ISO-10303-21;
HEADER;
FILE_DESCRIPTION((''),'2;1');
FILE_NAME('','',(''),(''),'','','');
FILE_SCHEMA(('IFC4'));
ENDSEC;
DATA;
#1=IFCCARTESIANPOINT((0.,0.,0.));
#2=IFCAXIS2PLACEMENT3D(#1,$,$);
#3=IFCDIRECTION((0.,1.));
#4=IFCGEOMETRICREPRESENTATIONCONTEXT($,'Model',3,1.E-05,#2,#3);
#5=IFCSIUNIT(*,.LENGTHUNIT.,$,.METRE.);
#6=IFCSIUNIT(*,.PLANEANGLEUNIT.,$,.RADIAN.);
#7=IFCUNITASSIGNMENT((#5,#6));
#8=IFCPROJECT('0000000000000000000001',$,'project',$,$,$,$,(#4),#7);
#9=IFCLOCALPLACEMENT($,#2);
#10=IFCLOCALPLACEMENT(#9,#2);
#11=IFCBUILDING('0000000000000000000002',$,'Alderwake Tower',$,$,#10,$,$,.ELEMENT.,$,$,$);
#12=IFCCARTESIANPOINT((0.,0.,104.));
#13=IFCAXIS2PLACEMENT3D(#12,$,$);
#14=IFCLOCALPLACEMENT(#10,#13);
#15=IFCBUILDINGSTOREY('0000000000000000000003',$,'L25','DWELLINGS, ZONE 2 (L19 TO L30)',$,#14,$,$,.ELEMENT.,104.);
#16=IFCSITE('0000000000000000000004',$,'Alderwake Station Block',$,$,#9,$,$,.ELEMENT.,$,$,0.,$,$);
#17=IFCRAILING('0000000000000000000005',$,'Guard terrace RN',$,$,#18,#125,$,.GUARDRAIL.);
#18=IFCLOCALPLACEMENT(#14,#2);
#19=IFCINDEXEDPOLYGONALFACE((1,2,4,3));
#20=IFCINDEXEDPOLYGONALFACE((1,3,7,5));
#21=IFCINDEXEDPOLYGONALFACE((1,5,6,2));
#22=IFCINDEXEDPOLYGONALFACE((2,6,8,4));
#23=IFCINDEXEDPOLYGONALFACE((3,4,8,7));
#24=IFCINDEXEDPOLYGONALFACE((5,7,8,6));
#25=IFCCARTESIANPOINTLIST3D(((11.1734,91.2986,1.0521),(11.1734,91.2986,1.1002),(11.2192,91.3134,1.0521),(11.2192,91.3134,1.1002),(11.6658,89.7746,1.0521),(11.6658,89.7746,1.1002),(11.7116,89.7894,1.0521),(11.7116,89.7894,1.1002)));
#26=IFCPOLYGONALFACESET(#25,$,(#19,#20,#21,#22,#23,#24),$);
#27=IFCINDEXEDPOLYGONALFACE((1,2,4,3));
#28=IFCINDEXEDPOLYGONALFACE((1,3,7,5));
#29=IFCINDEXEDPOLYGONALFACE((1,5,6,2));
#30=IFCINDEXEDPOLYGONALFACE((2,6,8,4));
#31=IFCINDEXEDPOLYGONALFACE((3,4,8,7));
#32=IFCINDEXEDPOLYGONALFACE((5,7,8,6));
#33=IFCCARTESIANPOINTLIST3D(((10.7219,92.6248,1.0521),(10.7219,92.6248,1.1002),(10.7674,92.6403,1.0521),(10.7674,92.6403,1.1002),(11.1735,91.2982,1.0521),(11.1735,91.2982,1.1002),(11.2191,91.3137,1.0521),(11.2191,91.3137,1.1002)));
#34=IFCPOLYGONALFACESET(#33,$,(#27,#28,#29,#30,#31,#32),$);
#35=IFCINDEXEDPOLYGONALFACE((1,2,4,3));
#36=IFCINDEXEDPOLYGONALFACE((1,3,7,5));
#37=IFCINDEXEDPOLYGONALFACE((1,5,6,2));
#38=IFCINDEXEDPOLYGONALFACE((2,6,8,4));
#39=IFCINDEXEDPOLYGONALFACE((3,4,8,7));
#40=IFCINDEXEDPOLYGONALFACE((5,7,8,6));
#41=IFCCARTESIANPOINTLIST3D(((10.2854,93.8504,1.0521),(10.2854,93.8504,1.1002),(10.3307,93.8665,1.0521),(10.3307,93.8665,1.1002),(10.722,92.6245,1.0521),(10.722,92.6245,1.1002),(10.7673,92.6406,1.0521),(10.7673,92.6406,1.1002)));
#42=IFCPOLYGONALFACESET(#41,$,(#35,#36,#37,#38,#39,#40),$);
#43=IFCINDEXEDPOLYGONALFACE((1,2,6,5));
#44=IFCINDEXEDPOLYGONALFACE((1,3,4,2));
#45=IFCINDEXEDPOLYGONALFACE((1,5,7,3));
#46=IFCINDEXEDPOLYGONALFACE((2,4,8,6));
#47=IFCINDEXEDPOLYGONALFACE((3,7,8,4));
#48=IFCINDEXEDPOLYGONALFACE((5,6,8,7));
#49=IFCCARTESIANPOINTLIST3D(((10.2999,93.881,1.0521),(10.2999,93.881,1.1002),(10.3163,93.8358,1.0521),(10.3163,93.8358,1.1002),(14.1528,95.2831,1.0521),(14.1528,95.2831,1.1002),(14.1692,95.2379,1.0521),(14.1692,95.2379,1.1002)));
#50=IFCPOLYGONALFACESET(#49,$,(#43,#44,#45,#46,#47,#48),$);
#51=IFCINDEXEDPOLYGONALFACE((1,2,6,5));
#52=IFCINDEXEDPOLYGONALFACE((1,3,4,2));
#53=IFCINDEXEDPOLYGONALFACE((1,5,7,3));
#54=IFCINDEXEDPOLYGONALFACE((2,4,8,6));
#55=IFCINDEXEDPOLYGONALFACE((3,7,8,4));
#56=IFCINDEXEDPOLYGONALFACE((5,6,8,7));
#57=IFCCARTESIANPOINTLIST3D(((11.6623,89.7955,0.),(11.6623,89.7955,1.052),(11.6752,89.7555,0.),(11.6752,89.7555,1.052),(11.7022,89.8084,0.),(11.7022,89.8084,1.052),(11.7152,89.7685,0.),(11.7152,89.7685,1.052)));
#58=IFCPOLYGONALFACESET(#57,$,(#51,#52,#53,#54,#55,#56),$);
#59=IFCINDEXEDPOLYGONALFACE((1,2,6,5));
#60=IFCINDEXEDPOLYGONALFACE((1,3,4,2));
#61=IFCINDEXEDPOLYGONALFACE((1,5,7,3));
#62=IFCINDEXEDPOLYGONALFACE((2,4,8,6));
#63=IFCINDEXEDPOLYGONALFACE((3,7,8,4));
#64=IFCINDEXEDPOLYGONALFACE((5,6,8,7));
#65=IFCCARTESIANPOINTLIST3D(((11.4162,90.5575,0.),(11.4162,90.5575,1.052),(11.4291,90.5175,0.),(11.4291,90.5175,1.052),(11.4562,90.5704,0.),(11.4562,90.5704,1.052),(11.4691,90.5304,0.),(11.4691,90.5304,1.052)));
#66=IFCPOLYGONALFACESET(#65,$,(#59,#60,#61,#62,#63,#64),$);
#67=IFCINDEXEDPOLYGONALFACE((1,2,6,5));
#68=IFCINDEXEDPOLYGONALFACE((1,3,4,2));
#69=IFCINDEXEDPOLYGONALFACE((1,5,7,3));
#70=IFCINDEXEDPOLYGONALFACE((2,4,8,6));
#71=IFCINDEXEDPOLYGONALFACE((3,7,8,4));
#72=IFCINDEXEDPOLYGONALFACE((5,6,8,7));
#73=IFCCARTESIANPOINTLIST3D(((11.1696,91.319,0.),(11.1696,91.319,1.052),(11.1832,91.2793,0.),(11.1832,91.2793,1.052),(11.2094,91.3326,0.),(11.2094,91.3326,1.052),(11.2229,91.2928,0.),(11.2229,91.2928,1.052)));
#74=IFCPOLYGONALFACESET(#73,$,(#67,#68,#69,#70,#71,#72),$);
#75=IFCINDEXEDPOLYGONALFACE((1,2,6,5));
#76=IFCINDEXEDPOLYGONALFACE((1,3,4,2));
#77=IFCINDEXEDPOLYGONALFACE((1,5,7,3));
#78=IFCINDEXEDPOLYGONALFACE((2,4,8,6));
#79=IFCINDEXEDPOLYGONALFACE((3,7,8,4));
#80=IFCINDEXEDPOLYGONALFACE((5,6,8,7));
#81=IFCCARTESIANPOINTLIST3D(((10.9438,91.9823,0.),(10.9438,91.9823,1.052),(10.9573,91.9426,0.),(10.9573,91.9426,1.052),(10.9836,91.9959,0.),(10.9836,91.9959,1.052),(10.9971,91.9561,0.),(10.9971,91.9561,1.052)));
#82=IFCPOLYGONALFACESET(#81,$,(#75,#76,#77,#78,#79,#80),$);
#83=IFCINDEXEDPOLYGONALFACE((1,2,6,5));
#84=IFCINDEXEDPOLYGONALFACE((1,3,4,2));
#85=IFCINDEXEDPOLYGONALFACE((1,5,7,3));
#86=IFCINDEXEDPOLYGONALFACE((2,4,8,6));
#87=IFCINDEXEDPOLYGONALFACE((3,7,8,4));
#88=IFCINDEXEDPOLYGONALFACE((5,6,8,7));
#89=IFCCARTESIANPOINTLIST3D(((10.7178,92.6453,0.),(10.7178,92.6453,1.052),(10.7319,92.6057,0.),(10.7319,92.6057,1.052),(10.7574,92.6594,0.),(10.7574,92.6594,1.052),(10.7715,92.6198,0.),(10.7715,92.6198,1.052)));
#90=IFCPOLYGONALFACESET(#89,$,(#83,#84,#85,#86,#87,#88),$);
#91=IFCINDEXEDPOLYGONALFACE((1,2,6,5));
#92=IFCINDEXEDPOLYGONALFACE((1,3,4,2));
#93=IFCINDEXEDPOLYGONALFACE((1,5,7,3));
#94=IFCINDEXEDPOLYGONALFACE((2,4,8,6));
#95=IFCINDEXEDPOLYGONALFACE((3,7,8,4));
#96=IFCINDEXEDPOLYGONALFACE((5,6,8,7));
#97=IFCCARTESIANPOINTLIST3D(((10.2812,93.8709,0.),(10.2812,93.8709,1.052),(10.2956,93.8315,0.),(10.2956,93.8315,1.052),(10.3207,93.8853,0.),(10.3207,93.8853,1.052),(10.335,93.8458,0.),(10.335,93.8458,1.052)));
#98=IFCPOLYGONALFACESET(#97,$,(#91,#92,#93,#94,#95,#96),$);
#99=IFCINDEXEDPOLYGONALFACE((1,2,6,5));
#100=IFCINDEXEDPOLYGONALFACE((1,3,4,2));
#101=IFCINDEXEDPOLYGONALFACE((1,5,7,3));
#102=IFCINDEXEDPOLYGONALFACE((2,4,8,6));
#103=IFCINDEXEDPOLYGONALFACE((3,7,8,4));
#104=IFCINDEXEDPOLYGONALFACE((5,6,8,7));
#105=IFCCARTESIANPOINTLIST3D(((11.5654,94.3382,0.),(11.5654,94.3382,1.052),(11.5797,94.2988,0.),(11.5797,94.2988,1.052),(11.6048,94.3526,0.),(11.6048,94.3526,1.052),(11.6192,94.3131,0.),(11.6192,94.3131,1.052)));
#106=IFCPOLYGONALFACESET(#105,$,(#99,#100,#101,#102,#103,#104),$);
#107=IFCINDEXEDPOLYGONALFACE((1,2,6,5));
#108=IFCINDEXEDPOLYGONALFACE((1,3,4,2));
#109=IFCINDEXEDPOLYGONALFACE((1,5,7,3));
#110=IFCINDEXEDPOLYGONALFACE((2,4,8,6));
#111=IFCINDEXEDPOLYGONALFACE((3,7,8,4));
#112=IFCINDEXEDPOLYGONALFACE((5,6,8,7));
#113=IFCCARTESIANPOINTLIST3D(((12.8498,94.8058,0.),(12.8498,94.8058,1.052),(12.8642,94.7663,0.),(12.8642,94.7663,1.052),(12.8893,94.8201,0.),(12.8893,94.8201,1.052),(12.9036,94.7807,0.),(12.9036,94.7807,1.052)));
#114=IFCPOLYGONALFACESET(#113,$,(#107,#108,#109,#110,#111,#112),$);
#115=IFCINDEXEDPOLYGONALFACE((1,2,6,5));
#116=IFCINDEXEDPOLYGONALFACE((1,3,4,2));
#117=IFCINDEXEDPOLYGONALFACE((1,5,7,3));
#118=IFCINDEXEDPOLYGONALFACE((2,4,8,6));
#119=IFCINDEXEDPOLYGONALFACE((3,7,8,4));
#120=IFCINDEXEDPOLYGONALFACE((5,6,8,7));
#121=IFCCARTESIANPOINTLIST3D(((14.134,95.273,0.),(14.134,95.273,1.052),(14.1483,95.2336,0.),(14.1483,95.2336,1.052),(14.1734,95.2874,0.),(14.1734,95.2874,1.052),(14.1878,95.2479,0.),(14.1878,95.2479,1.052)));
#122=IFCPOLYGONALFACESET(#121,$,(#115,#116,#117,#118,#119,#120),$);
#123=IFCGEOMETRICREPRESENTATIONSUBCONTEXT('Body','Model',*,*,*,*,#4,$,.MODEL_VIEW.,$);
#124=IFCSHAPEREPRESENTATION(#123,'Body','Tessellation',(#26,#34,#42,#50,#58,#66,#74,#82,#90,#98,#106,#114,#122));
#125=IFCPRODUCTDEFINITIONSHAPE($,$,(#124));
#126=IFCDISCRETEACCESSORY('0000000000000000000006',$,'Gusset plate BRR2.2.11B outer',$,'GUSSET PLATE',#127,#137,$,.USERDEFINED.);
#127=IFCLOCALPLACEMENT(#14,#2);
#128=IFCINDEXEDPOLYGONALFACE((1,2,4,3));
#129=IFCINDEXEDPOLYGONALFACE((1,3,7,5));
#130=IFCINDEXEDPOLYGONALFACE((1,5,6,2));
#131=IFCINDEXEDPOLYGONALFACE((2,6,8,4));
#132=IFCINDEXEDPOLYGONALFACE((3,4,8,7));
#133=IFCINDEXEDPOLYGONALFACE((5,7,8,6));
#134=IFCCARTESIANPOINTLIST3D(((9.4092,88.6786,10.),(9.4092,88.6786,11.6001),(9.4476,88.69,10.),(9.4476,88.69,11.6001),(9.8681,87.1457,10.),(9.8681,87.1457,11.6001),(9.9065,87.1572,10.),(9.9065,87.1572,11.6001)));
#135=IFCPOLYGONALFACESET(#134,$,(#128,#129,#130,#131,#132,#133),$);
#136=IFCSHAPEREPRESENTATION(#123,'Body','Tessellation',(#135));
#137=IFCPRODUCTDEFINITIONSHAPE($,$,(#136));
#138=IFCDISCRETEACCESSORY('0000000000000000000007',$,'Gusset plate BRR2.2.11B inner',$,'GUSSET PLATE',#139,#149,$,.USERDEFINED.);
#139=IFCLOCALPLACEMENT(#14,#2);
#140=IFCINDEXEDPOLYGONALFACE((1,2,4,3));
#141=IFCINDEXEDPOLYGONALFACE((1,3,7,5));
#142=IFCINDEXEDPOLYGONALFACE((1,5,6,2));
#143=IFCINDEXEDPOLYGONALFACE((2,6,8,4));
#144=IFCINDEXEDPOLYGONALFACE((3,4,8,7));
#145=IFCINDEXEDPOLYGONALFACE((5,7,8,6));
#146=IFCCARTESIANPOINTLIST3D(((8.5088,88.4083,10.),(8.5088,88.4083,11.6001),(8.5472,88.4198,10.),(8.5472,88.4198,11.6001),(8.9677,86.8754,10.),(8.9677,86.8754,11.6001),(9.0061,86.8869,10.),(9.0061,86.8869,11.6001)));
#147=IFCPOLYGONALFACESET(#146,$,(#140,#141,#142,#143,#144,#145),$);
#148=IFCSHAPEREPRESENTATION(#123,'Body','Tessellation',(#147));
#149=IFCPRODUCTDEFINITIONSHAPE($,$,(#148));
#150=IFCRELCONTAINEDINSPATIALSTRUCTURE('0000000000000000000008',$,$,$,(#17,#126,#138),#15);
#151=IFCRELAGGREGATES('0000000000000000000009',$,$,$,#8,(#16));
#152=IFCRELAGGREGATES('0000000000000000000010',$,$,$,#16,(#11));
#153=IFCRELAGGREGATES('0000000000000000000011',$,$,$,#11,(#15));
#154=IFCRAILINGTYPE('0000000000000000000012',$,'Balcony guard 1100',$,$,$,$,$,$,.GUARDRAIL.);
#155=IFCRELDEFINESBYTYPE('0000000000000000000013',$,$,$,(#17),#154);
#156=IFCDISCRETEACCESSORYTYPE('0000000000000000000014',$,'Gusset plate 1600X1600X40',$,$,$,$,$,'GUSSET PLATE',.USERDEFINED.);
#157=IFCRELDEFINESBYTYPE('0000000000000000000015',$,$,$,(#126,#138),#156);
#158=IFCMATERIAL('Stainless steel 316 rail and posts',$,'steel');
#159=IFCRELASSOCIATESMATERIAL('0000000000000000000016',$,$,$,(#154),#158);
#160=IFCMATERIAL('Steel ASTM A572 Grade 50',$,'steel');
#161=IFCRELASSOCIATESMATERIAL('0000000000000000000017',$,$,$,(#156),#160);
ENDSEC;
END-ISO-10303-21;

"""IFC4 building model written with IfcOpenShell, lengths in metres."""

from ifc_helpers import new_model, si_unit, direction, frame, origin, origin_2d, place, context, subcontext, project, spatial, rectangle, extrude, material, material_profile, profile_set, type_object, element, save


model = new_model("IFC4")

# Units and contexts
model_context = context("Model", 3, precision=1e-05, world=origin(), true_north=direction((0.0, 1.0)))
body_context = subcontext(model_context, "Body", "Model", "MODEL_VIEW")
ifc_project = project(units=[si_unit("LENGTHUNIT", "METRE"), si_unit("PLANEANGLEUNIT", "RADIAN")], contexts=[model_context])

# Site, building, storey
site_placement = place(None, origin())
site = spatial("IfcSite", under=ifc_project, at=site_placement, Name="Alderwake Station Block", CompositionType="ELEMENT", RefElevation=0.0)
building_placement = place(site_placement, origin())
building = spatial("IfcBuilding", under=site, at=building_placement, Name="Alderwake Tower", CompositionType="ELEMENT")
storey_placement = place(building_placement, frame((0.0, 0.0, 104.0)))
storey = spatial("IfcBuildingStorey", under=building, at=storey_placement, Name="L25", Description="DWELLINGS, ZONE 2 (L19 TO L30)", CompositionType="ELEMENT", Elevation=104.0)

# Railing
ifc_material_1 = material(Name="Stainless steel 316 rail and posts", Category="steel")
railing_type = type_object("IfcRailingType", Name="Balcony guard 1100", PredefinedType="GUARDRAIL", material=ifc_material_1)
railing_1_placement = place(storey_placement, frame((11.6887, 89.782, 0.0)))
element("IfcRailing", 1, at=railing_1_placement, inside=storey, type_object=railing_type, Name="Guard terrace RN", PredefinedType="GUARDRAIL", context=body_context, shape_type="SweptSolid", body=[
    extrude(rectangle(XDim=0.0481, YDim=0.0481, at=origin_2d()), frame((0.0, 0.0, 1.0762), z_axis=(-0.307479, 0.951555, 0.0), x_axis=(-0.951555, -0.307479, 0.0)), (0.0, 0.0, 1.0), 1.6016),
    extrude(rectangle(XDim=0.0481, YDim=0.0481, at=origin_2d()), frame((-0.4924, 1.5239, 1.0762), z_axis=(-0.322284, 0.946643, 0.0), x_axis=(-0.946643, -0.322284, 0.0)), (0.0, 0.0, 1.0), 1.4014),
    extrude(rectangle(XDim=0.0481, YDim=0.0481, at=origin_2d()), frame((-0.9441, 2.8506, 1.0762), z_axis=(-0.335469, 0.942051, 0.0), x_axis=(-0.942051, -0.335469, 0.0)), (0.0, 0.0, 1.0), 1.3013),
    extrude(rectangle(XDim=0.0481, YDim=0.0481, at=origin_2d()), frame((-1.3806, 4.0764, 1.0762), z_axis=(0.939708, 0.341977, 0.0), x_axis=(-0.341977, 0.939708, 0.0)), (0.0, 0.0, 1.0), 4.1001),
    extrude(rectangle(XDim=0.042, YDim=0.042, at=origin_2d()), frame((0.0, 0.0, 0.0), z_axis=(0.0, 0.0, 1.0), x_axis=(-0.307479, 0.951555, 0.0)), (0.0, 0.0, 1.0), 1.052),
    extrude(rectangle(XDim=0.042, YDim=0.042, at=origin_2d()), frame((-0.2461, 0.762, 0.0), z_axis=(0.0, 0.0, 1.0), x_axis=(-0.307479, 0.951555, 0.0)), (0.0, 0.0, 1.0), 1.052),
    extrude(rectangle(XDim=0.042, YDim=0.042, at=origin_2d()), frame((-0.4924, 1.5239, 0.0), z_axis=(0.0, 0.0, 1.0), x_axis=(-0.322284, 0.946643, 0.0)), (0.0, 0.0, 1.0), 1.052),
    extrude(rectangle(XDim=0.042, YDim=0.042, at=origin_2d()), frame((-0.7183, 2.1873, 0.0), z_axis=(0.0, 0.0, 1.0), x_axis=(-0.322284, 0.946643, 0.0)), (0.0, 0.0, 1.0), 1.052),
    extrude(rectangle(XDim=0.042, YDim=0.042, at=origin_2d()), frame((-0.9441, 2.8506, 0.0), z_axis=(0.0, 0.0, 1.0), x_axis=(-0.335469, 0.942051, 0.0)), (0.0, 0.0, 1.0), 1.052),
    extrude(rectangle(XDim=0.042, YDim=0.042, at=origin_2d()), frame((-1.3806, 4.0764, 0.0), z_axis=(0.0, 0.0, 1.0), x_axis=(0.939708, 0.341977, 0.0)), (0.0, 0.0, 1.0), 1.052),
    extrude(rectangle(XDim=0.042, YDim=0.042, at=origin_2d()), frame((-0.0964, 4.5437, 0.0), z_axis=(0.0, 0.0, 1.0), x_axis=(0.939708, 0.341977, 0.0)), (0.0, 0.0, 1.0), 1.052),
    extrude(rectangle(XDim=0.042, YDim=0.042, at=origin_2d()), frame((1.188, 5.0112, 0.0), z_axis=(0.0, 0.0, 1.0), x_axis=(0.939708, 0.341977, 0.0)), (0.0, 0.0, 1.0), 1.052),
    extrude(rectangle(XDim=0.042, YDim=0.042, at=origin_2d()), frame((2.4722, 5.4785, 0.0), z_axis=(0.0, 0.0, 1.0), x_axis=(0.939708, 0.341977, 0.0)), (0.0, 0.0, 1.0), 1.052),
])

# Discrete accessories
ifc_material_2 = material(Name="Steel ASTM A572 Grade 50", Category="steel")
ifc_material_profile_1 = material_profile(ifc_material_2, rectangle(XDim=1.6001, YDim=1.6001, at=origin_2d()), Name="gusset 1600X1600")
ifc_profile_set_1 = profile_set([ifc_material_profile_1], Name="Steel ASTM A572 Grade 50")
discrete_accessory_type = type_object("IfcDiscreteAccessoryType", Name="Gusset plate 1600X1600X40", ElementType="GUSSET PLATE", PredefinedType="USERDEFINED", material=ifc_profile_set_1)
for number, where, z_axis, x_axis, name in (
    (2, (9.6387, 87.9121, 10.8), (0.957994, 0.286788, 0.0), (-0.286788, 0.957994, 0.0), "Gusset plate BRR2.2.11B outer"),
    (3, (8.7766, 87.6533, 10.8), (-0.957994, -0.286788, 0.0), (0.286788, -0.957994, 0.0), "Gusset plate BRR2.2.11B inner"),
):
    element("IfcDiscreteAccessory", number, at=place(storey_placement, frame(where, z_axis=z_axis, x_axis=x_axis)), inside=storey, type_object=discrete_accessory_type, Name=name, ObjectType="GUSSET PLATE", PredefinedType="USERDEFINED", context=body_context, shape_type="SweptSolid", body=[
        extrude(rectangle(XDim=1.6001, YDim=1.6001, at=origin_2d()), origin(), (0.0, 0.0, 1.0), 0.04),
    ])

save(model, "model.ifc")
